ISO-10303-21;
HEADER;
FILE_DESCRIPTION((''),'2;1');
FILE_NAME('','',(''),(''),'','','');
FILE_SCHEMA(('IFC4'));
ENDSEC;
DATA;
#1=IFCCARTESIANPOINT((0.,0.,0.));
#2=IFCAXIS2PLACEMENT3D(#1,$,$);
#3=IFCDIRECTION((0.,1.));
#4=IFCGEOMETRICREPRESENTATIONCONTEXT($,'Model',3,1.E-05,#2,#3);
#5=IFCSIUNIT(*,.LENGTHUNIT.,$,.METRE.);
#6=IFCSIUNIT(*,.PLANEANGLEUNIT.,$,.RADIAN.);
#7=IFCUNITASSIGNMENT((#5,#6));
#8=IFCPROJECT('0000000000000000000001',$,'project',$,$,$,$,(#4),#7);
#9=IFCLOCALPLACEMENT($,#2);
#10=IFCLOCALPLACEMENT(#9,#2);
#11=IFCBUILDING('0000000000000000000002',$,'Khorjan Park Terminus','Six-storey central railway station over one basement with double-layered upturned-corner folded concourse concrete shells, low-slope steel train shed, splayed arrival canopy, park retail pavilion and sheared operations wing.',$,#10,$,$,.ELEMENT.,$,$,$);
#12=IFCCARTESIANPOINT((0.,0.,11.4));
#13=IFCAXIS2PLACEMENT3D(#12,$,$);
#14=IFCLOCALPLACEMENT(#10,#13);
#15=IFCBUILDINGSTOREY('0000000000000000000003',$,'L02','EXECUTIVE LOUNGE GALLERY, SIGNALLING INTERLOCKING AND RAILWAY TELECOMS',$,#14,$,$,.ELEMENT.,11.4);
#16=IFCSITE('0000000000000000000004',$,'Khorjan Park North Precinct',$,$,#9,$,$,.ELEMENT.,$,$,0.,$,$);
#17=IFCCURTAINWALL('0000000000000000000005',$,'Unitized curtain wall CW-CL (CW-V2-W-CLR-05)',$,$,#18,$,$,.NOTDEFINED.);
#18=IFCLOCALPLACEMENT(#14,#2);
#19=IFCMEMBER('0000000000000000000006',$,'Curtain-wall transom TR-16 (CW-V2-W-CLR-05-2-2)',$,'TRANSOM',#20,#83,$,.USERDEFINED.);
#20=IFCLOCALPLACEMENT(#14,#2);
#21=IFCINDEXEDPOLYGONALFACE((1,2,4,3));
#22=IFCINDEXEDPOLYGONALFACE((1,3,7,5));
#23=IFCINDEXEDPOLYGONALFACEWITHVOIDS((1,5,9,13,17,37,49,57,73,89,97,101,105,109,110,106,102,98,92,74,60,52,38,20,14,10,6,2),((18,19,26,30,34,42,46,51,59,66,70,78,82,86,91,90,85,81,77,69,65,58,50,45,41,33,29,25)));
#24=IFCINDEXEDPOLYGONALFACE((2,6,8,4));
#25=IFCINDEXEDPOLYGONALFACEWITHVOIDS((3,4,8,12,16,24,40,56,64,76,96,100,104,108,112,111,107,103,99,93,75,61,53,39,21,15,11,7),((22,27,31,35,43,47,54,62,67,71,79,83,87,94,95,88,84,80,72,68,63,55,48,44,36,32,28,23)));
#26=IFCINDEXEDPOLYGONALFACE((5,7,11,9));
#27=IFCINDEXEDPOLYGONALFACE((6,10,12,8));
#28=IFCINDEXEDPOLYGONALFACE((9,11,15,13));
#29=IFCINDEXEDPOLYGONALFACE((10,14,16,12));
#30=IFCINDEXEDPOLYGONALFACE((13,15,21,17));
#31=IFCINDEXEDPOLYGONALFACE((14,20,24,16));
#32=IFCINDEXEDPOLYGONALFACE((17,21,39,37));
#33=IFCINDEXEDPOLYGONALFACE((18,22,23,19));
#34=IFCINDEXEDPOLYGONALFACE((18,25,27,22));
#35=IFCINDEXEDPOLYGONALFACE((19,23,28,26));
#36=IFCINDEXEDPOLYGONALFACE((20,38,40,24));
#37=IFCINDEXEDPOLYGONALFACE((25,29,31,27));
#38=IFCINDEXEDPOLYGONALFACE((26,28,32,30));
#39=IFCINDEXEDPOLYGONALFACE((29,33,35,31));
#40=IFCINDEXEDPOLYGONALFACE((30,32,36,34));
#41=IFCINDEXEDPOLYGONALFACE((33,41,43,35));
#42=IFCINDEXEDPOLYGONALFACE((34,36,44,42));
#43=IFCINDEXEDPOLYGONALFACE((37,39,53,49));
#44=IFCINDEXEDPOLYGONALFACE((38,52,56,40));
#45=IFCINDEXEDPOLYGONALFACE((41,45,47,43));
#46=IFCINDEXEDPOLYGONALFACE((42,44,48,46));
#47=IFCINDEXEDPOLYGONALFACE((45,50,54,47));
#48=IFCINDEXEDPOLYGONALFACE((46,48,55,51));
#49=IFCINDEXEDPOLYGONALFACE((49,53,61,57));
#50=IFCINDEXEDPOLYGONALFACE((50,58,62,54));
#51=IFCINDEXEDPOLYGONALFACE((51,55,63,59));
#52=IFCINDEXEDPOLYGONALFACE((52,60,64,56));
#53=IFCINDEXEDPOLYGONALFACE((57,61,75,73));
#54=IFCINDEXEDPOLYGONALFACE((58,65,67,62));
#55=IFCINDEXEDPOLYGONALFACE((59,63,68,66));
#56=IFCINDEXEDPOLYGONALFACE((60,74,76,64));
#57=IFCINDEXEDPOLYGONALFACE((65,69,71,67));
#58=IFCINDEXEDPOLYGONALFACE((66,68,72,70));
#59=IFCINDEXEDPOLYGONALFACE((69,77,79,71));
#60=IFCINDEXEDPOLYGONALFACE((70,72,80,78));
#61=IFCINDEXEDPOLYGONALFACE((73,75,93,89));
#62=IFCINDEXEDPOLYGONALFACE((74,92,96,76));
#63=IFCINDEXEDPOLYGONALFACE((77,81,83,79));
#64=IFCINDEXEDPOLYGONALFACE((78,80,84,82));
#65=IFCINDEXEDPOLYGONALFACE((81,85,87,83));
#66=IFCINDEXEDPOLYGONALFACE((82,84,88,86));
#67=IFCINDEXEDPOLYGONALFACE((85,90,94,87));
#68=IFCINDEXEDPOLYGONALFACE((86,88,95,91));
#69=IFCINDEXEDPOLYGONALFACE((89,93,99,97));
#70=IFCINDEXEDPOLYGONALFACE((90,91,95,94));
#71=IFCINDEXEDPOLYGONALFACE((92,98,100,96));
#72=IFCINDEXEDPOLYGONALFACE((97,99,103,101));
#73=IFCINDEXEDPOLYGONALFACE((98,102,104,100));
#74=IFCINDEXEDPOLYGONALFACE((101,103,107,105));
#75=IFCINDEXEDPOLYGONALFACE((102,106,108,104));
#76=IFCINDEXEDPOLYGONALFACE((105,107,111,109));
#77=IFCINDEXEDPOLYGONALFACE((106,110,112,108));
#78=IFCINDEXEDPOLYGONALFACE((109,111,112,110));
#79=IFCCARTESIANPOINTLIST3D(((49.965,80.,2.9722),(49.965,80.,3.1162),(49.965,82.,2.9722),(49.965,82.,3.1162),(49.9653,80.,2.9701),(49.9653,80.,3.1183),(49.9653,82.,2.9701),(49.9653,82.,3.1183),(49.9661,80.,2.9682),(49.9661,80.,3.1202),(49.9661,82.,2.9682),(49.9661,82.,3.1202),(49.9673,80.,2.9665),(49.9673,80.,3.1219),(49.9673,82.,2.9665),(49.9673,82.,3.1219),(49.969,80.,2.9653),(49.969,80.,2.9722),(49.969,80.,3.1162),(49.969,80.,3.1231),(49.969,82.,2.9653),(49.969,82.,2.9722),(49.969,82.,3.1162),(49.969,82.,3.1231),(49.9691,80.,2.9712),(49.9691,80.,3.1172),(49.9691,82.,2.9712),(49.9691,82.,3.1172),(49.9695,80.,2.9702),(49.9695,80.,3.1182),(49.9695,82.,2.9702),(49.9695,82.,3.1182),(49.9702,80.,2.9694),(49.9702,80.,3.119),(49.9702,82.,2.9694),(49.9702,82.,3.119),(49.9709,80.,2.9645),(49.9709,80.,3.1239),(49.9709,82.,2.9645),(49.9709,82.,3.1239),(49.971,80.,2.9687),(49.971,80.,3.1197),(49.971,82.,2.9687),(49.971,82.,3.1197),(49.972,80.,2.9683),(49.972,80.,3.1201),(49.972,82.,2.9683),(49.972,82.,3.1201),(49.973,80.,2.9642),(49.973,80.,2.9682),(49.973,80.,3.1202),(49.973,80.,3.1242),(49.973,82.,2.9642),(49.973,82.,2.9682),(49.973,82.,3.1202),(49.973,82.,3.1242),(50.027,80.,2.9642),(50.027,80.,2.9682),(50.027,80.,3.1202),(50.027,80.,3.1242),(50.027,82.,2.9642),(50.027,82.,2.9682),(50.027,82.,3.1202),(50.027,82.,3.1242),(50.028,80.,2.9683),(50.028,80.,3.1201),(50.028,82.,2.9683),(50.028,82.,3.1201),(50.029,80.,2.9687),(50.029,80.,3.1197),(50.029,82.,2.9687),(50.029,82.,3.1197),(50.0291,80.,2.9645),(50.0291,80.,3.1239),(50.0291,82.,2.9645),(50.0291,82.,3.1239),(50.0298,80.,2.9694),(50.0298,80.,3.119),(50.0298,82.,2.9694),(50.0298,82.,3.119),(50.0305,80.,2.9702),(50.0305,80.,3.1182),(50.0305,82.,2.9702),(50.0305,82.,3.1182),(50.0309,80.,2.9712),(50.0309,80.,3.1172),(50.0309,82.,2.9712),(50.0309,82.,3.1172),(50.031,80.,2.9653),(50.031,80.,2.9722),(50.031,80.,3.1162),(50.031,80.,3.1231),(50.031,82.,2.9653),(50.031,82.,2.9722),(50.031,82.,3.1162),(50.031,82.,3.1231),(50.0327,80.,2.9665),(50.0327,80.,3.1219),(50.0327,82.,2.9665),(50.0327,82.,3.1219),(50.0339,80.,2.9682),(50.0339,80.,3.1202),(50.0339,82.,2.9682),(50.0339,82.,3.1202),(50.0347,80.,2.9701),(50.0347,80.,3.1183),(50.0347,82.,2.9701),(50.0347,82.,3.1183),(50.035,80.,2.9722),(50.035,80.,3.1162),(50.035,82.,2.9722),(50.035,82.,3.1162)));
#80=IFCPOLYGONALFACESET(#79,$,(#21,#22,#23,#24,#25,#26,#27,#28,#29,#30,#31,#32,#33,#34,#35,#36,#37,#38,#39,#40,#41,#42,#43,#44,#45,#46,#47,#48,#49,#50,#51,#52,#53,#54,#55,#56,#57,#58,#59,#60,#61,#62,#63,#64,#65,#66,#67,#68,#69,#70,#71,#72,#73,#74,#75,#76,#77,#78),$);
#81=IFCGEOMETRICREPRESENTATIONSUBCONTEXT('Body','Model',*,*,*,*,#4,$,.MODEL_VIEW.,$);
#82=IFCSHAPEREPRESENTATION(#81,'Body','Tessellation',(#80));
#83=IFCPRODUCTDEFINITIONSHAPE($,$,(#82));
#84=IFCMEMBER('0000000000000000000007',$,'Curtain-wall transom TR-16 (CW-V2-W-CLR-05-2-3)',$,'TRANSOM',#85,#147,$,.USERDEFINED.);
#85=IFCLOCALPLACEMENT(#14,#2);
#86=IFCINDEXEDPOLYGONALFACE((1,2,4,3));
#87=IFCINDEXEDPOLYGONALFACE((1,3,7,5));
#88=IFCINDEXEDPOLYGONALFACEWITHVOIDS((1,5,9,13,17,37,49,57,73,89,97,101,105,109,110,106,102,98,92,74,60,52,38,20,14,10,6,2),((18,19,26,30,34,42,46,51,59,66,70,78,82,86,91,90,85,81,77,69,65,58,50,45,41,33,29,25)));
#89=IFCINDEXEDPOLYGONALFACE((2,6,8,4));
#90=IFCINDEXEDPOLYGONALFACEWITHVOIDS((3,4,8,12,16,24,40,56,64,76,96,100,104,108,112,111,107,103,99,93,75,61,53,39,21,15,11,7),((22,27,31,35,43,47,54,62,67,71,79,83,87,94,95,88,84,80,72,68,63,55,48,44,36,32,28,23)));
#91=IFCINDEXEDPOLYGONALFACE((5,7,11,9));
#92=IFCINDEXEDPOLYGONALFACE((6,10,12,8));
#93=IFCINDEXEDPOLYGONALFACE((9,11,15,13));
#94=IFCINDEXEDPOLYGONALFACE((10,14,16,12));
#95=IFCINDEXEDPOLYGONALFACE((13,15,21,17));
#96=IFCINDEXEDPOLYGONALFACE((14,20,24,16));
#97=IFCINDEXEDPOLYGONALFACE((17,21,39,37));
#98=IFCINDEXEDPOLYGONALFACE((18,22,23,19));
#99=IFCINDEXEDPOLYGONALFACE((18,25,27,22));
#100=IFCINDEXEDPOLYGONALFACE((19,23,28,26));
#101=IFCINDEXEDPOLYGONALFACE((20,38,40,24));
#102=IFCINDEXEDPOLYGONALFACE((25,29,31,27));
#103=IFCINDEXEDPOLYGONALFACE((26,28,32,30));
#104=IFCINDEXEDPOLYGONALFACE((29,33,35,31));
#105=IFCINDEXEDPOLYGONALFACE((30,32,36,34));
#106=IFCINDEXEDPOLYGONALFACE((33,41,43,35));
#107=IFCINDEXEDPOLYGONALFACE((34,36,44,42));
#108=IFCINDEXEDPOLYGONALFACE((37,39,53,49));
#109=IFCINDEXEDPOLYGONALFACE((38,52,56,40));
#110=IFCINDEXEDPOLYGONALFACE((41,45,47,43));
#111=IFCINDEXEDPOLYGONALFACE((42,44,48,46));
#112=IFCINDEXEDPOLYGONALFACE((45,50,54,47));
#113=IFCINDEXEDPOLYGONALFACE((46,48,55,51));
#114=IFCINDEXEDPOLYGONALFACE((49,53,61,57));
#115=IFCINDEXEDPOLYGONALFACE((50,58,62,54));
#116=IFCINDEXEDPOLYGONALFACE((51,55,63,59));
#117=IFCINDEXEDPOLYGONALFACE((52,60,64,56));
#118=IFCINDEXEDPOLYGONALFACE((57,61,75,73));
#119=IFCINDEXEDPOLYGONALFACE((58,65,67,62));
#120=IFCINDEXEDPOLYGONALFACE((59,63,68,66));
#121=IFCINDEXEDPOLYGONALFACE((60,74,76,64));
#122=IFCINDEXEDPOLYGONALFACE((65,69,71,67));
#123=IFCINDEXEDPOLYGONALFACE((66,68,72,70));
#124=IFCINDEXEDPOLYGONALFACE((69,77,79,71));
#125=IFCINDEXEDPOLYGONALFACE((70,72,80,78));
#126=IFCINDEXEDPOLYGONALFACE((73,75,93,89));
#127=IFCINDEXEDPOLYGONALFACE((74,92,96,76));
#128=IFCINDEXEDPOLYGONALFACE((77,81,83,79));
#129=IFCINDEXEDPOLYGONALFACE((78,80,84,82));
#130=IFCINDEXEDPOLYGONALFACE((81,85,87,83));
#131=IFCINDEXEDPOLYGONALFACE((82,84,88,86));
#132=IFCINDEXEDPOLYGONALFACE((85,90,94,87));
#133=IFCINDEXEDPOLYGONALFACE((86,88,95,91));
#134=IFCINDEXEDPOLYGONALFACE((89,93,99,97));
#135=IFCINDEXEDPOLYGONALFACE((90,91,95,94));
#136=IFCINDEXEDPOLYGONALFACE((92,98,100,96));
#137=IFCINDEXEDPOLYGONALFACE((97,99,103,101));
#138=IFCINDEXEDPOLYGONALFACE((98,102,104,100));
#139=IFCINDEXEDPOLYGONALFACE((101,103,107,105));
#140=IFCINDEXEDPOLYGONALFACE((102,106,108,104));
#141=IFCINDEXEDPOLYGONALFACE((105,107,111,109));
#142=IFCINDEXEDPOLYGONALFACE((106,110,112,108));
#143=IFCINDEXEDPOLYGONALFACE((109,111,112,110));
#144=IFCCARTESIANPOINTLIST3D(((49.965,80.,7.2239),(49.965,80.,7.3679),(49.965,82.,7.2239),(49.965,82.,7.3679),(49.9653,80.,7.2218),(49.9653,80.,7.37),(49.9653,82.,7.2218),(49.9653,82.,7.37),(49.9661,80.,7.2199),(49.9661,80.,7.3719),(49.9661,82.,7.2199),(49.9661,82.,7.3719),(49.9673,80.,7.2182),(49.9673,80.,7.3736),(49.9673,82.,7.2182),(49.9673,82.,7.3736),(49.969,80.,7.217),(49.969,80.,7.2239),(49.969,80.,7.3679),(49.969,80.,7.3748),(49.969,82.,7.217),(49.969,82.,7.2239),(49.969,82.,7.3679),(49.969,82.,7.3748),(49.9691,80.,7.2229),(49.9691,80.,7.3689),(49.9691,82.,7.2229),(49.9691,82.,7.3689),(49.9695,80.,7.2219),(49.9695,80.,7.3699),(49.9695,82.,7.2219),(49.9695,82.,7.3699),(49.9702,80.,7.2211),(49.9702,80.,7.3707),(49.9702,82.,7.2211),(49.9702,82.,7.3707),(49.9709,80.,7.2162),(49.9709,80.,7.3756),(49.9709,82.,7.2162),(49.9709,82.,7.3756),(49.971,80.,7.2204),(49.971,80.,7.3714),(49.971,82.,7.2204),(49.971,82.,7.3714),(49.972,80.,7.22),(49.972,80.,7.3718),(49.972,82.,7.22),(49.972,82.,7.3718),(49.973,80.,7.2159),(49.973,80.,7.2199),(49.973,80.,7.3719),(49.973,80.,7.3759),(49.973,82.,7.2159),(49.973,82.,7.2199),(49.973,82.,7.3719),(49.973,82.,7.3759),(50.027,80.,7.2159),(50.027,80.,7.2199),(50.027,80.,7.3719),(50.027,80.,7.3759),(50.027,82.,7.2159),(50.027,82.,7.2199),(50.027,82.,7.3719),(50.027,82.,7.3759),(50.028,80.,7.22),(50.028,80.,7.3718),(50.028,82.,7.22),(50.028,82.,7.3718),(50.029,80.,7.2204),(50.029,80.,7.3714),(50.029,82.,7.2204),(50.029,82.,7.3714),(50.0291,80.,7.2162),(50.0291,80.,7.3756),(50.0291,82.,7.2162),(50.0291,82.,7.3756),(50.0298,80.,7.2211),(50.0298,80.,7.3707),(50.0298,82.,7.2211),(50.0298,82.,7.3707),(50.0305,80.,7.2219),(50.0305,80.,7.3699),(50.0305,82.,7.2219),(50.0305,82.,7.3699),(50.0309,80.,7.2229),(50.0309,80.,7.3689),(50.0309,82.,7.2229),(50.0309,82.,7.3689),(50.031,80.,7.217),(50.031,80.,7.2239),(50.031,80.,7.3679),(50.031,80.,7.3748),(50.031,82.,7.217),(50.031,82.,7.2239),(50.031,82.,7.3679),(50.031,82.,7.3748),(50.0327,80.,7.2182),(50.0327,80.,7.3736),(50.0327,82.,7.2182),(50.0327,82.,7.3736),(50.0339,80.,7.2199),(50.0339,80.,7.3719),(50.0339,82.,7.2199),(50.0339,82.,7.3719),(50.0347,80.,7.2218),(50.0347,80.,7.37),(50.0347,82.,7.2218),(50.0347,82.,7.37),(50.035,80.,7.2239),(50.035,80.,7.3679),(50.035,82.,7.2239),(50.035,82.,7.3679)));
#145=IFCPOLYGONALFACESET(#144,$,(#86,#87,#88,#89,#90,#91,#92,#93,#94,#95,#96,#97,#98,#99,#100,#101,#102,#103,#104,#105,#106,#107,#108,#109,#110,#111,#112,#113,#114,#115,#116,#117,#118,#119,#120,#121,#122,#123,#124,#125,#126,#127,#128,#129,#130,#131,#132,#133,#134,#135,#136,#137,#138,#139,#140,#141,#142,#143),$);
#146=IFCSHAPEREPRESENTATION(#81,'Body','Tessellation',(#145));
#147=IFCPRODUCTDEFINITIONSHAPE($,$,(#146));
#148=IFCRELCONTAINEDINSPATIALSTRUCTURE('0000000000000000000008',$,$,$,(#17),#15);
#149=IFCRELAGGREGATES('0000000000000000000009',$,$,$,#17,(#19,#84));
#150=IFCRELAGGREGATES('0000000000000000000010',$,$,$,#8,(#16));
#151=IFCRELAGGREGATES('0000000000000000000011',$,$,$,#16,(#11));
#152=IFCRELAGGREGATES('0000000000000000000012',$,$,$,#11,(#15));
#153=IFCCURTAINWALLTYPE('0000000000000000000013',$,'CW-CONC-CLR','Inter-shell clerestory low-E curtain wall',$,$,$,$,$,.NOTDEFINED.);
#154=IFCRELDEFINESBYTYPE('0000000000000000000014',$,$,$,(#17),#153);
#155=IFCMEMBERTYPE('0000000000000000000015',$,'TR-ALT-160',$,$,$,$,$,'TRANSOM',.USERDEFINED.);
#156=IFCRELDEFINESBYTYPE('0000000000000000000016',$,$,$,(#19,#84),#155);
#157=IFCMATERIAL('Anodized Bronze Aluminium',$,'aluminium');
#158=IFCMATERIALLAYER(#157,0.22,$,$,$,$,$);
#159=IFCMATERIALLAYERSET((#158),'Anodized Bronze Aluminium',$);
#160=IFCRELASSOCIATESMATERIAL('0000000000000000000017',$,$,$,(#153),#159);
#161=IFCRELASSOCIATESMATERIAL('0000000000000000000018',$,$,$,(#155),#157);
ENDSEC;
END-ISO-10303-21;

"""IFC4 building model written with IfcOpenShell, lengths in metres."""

from ifc_helpers import new_model, si_unit, direction, frame, origin, origin_2d, place, context, subcontext, project, spatial, hollow_rectangle, extrude, material, layer, layer_set, material_profile, profile_set, type_object, element, aggregate, save


model = new_model("IFC4")

# Units and contexts
model_context = context("Model", 3, precision=1e-05, world=origin(), true_north=direction((0.0, 1.0)))
body_context = subcontext(model_context, "Body", "Model", "MODEL_VIEW")
ifc_project = project(units=[si_unit("LENGTHUNIT", "METRE"), si_unit("PLANEANGLEUNIT", "RADIAN")], contexts=[model_context])

# Site, building, storey
site_placement = place(None, origin())
site = spatial("IfcSite", under=ifc_project, at=site_placement, Name="Khorjan Park North Precinct", CompositionType="ELEMENT", RefElevation=0.0)
building_placement = place(site_placement, origin())
building = spatial("IfcBuilding", under=site, at=building_placement, Name="Khorjan Park Terminus", Description="Six-storey central railway station over one basement with double-layered upturned-corner folded concourse concrete shells, low-slope steel train shed, splayed arrival canopy, park retail pavilion and sheared operations wing.", CompositionType="ELEMENT")
storey_placement = place(building_placement, frame((0.0, 0.0, 11.4)))
storey = spatial("IfcBuildingStorey", under=building, at=storey_placement, Name="L02", Description="EXECUTIVE LOUNGE GALLERY, SIGNALLING INTERLOCKING AND RAILWAY TELECOMS", CompositionType="ELEMENT", Elevation=11.4)

# Curtain wall, members
ifc_material_1 = material(Name="Anodized Bronze Aluminium", Category="aluminium")
ifc_layer_1 = layer(ifc_material_1, 0.22)
ifc_layer_set_1 = layer_set([ifc_layer_1], Name="Anodized Bronze Aluminium")
curtain_wall_type = type_object("IfcCurtainWallType", Name="CW-CONC-CLR", Description="Inter-shell clerestory low-E curtain wall", PredefinedType="NOTDEFINED", material=ifc_layer_set_1)
curtain_wall_placement = place(storey_placement, origin())
curtain_wall = element("IfcCurtainWall", 1, at=curtain_wall_placement, inside=storey, type_object=curtain_wall_type, Name="Unitized curtain wall CW-CL (CW-V2-W-CLR-05)", PredefinedType="NOTDEFINED")
ifc_material_profile_1 = material_profile(ifc_material_1, hollow_rectangle(XDim=0.07, YDim=0.16, WallThickness=0.004, InnerFilletRadius=0.004, OuterFilletRadius=0.008, at=origin_2d()), Name="ALT 70x160x4")
ifc_profile_set_1 = profile_set([ifc_material_profile_1], Name="Anodized Bronze Aluminium")
member_type_1 = type_object("IfcMemberType", Name="TR-ALT-160", ElementType="TRANSOM", PredefinedType="USERDEFINED", material=ifc_profile_set_1)
member_1_placement = place(storey_placement, frame((50.0, 82.0, 3.0442), z_axis=(0.0, -1.0, 0.0), x_axis=(1.0, 0.0, 0.0)))
member_1 = element("IfcMember", 2, at=member_1_placement, type_object=member_type_1, Name="Curtain-wall transom TR-16 (CW-V2-W-CLR-05-2-2)", ObjectType="TRANSOM", PredefinedType="USERDEFINED", context=body_context, shape_type="SweptSolid", body=[
    extrude(hollow_rectangle(XDim=0.07, YDim=0.16, WallThickness=0.004, InnerFilletRadius=0.004, OuterFilletRadius=0.008, at=origin_2d()), origin(), (0.0, 0.0, 1.0), 2.0),
])
member_2_placement = place(storey_placement, frame((50.0, 82.0, 7.2959), z_axis=(0.0, -1.0, 0.0), x_axis=(1.0, 0.0, 0.0)))
member_2 = element("IfcMember", 3, at=member_2_placement, type_object=member_type_1, Name="Curtain-wall transom TR-16 (CW-V2-W-CLR-05-2-3)", ObjectType="TRANSOM", PredefinedType="USERDEFINED", context=body_context, shape_type="SweptSolid", body=[
    extrude(hollow_rectangle(XDim=0.07, YDim=0.16, WallThickness=0.004, InnerFilletRadius=0.004, OuterFilletRadius=0.008, at=origin_2d()), origin(), (0.0, 0.0, 1.0), 2.0),
])
aggregate(curtain_wall, [member_1, member_2])

save(model, "model.ifc")
